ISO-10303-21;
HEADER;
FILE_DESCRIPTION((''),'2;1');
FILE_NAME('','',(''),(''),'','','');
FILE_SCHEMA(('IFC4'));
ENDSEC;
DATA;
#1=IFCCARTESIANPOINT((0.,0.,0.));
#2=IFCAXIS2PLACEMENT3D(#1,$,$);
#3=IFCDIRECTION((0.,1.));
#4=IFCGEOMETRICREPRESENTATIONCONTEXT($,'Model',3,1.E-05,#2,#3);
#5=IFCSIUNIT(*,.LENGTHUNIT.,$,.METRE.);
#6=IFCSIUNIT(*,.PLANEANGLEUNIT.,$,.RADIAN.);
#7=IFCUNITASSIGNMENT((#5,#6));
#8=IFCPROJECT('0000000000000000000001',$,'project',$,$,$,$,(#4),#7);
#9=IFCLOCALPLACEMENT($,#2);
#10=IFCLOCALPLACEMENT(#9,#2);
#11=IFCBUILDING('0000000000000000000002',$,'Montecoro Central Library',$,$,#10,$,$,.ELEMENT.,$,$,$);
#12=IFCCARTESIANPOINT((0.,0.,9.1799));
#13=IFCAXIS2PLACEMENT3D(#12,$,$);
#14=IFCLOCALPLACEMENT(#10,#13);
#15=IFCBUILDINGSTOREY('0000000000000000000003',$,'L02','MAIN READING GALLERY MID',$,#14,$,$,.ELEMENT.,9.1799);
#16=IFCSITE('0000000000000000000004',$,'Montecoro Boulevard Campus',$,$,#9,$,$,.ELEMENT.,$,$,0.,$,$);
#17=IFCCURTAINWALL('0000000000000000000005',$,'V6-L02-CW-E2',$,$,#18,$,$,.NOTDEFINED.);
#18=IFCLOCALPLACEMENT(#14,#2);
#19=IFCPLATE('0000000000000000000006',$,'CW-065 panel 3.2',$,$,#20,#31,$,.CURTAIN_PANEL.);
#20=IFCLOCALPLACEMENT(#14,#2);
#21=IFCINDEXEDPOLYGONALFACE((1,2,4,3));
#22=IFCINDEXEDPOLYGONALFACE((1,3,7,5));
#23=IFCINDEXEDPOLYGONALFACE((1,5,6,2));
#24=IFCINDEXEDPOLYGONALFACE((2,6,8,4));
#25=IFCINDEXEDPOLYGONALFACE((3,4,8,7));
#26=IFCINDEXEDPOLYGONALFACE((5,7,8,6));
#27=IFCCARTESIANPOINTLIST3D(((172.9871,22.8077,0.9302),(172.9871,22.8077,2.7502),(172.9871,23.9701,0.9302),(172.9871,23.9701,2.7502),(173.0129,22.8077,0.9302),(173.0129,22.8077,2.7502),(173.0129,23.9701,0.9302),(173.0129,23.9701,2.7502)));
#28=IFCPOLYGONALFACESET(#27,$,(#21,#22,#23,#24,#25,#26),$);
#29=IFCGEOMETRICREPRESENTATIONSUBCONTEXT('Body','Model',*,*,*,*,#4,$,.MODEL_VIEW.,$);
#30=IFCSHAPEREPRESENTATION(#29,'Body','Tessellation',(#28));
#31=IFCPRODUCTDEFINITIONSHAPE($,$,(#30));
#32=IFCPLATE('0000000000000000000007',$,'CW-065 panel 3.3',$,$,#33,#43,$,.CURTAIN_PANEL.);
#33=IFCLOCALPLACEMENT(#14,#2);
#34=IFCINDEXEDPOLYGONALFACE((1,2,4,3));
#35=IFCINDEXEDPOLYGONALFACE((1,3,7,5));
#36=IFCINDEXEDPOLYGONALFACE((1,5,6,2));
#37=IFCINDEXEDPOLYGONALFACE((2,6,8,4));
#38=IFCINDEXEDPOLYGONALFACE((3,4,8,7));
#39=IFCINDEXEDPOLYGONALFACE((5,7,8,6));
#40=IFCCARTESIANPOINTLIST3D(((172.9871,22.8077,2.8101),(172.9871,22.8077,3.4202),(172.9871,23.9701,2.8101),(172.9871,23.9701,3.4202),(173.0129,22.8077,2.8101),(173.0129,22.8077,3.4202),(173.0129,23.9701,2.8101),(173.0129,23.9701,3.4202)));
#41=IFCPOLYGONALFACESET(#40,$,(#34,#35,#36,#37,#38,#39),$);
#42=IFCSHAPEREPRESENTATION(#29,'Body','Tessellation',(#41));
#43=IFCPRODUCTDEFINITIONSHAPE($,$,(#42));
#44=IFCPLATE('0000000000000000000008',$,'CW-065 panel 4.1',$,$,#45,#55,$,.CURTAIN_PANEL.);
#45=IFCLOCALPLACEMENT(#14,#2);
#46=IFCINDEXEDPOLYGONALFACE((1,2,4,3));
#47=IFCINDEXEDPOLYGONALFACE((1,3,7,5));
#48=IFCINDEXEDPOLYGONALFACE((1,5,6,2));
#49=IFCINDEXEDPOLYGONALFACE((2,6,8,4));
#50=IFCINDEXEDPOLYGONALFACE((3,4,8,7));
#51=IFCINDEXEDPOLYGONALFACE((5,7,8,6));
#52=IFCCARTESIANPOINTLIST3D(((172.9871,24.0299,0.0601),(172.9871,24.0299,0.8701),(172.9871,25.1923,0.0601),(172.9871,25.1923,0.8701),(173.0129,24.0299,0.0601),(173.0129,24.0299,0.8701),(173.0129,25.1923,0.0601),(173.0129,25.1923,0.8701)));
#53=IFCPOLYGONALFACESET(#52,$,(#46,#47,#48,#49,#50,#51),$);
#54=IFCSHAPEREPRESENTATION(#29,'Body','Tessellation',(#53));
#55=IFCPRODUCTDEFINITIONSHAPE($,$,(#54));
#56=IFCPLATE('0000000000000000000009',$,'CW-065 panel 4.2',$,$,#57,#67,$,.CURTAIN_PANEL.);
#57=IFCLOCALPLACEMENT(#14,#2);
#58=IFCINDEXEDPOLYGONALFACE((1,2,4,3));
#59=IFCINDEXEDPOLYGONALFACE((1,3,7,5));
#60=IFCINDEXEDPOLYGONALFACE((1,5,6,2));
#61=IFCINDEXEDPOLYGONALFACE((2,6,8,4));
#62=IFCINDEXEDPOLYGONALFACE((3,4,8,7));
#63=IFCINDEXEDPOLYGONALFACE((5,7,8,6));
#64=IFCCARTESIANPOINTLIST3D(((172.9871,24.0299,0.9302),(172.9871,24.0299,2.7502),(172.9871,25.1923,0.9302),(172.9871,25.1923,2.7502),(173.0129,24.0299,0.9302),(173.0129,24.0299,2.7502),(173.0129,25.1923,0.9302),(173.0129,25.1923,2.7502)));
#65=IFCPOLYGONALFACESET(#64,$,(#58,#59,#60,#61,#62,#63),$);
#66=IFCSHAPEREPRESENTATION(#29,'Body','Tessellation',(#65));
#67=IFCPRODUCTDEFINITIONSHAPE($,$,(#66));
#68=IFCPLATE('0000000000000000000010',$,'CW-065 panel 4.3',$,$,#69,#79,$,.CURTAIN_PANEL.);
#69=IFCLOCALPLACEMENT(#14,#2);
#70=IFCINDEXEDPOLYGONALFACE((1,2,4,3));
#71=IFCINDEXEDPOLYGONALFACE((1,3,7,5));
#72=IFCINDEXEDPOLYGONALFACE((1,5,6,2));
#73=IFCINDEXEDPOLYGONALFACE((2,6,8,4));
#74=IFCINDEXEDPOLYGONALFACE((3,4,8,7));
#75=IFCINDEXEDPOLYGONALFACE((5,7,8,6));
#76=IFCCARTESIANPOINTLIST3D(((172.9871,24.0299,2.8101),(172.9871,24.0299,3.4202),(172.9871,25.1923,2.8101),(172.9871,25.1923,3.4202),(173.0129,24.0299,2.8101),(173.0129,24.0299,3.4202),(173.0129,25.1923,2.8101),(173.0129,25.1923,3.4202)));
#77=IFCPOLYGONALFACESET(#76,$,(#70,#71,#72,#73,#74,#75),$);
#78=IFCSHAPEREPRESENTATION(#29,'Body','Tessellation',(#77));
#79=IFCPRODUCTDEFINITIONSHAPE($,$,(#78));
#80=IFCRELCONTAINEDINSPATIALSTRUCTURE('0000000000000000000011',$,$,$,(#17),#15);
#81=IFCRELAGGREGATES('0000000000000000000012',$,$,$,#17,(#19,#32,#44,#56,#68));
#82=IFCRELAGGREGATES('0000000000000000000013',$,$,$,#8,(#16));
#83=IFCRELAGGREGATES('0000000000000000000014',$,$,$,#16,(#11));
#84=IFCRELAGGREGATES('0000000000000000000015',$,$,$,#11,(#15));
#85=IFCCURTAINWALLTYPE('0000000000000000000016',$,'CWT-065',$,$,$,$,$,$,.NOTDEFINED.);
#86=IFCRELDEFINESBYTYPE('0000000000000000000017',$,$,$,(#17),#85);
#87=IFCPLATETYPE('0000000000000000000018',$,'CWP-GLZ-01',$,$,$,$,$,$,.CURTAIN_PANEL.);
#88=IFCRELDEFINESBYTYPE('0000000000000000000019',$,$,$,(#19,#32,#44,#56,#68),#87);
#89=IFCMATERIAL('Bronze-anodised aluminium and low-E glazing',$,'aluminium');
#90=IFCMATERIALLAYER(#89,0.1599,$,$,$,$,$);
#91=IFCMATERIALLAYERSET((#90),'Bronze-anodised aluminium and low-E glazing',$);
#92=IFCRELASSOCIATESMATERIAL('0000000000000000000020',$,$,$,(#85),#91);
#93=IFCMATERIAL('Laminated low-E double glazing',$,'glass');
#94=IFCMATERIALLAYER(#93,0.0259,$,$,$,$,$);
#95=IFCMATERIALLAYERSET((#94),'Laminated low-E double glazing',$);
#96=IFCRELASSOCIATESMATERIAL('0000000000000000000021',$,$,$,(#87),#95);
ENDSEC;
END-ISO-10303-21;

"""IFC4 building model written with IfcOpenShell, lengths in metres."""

from ifc_helpers import new_model, si_unit, direction, frame, origin, origin_2d, place, context, subcontext, project, spatial, rectangle, extrude, material, layer, layer_set, type_object, element, aggregate, save


model = new_model("IFC4")

# Units and contexts
model_context = context("Model", 3, precision=1e-05, world=origin(), true_north=direction((0.0, 1.0)))
body_context = subcontext(model_context, "Body", "Model", "MODEL_VIEW")
ifc_project = project(units=[si_unit("LENGTHUNIT", "METRE"), si_unit("PLANEANGLEUNIT", "RADIAN")], contexts=[model_context])

# Site, building, storey
site_placement = place(None, origin())
site = spatial("IfcSite", under=ifc_project, at=site_placement, Name="Montecoro Boulevard Campus", CompositionType="ELEMENT", RefElevation=0.0)
building_placement = place(site_placement, origin())
building = spatial("IfcBuilding", under=site, at=building_placement, Name="Montecoro Central Library", CompositionType="ELEMENT")
storey_placement = place(building_placement, frame((0.0, 0.0, 9.1799)))
storey = spatial("IfcBuildingStorey", under=building, at=storey_placement, Name="L02", Description="MAIN READING GALLERY MID", CompositionType="ELEMENT", Elevation=9.1799)

# Curtain wall, plates
ifc_material_1 = material(Name="Bronze-anodised aluminium and low-E glazing", Category="aluminium")
ifc_layer_1 = layer(ifc_material_1, 0.1599)
ifc_layer_set_1 = layer_set([ifc_layer_1], Name="Bronze-anodised aluminium and low-E glazing")
curtain_wall_type = type_object("IfcCurtainWallType", Name="CWT-065", PredefinedType="NOTDEFINED", material=ifc_layer_set_1)
curtain_wall_placement = place(storey_placement, origin())
curtain_wall = element("IfcCurtainWall", 1, at=curtain_wall_placement, inside=storey, type_object=curtain_wall_type, Name="V6-L02-CW-E2", PredefinedType="NOTDEFINED")
ifc_material_2 = material(Name="Laminated low-E double glazing", Category="glass")
ifc_layer_2 = layer(ifc_material_2, 0.0259)
ifc_layer_set_2 = layer_set([ifc_layer_2], Name="Laminated low-E double glazing")
plate_type = type_object("IfcPlateType", Name="CWP-GLZ-01", PredefinedType="CURTAIN_PANEL", material=ifc_layer_set_2)
plate_1_placement = place(storey_placement, frame((173.0, 23.3889, 0.9302), z_axis=(0.0, 0.0, 1.0), x_axis=(0.0, 1.0, 0.0)))
plate_1 = element("IfcPlate", 2, at=plate_1_placement, type_object=plate_type, Name="CW-065 panel 3.2", PredefinedType="CURTAIN_PANEL", context=body_context, shape_type="SweptSolid", body=[
    extrude(rectangle(XDim=1.1624, YDim=0.0259, at=origin_2d()), origin(), (0.0, 0.0, 1.0), 1.8201),
])
plate_2_placement = place(storey_placement, frame((173.0, 23.3889, 2.8101), z_axis=(0.0, 0.0, 1.0), x_axis=(0.0, 1.0, 0.0)))
plate_2 = element("IfcPlate", 3, at=plate_2_placement, type_object=plate_type, Name="CW-065 panel 3.3", PredefinedType="CURTAIN_PANEL", context=body_context, shape_type="SweptSolid", body=[
    extrude(rectangle(XDim=1.1624, YDim=0.0259, at=origin_2d()), origin(), (0.0, 0.0, 1.0), 0.6101),
])
plate_3_placement = place(storey_placement, frame((173.0, 24.6111, 0.0601), z_axis=(0.0, 0.0, 1.0), x_axis=(0.0, 1.0, 0.0)))
plate_3 = element("IfcPlate", 4, at=plate_3_placement, type_object=plate_type, Name="CW-065 panel 4.1", PredefinedType="CURTAIN_PANEL", context=body_context, shape_type="SweptSolid", body=[
    extrude(rectangle(XDim=1.1624, YDim=0.0259, at=origin_2d()), origin(), (0.0, 0.0, 1.0), 0.8101),
])
plate_4_placement = place(storey_placement, frame((173.0, 24.6111, 0.9302), z_axis=(0.0, 0.0, 1.0), x_axis=(0.0, 1.0, 0.0)))
plate_4 = element("IfcPlate", 5, at=plate_4_placement, type_object=plate_type, Name="CW-065 panel 4.2", PredefinedType="CURTAIN_PANEL", context=body_context, shape_type="SweptSolid", body=[
    extrude(rectangle(XDim=1.1624, YDim=0.0259, at=origin_2d()), origin(), (0.0, 0.0, 1.0), 1.8201),
])
plate_5_placement = place(storey_placement, frame((173.0, 24.6111, 2.8101), z_axis=(0.0, 0.0, 1.0), x_axis=(0.0, 1.0, 0.0)))
plate_5 = element("IfcPlate", 6, at=plate_5_placement, type_object=plate_type, Name="CW-065 panel 4.3", PredefinedType="CURTAIN_PANEL", context=body_context, shape_type="SweptSolid", body=[
    extrude(rectangle(XDim=1.1624, YDim=0.0259, at=origin_2d()), origin(), (0.0, 0.0, 1.0), 0.6101),
])
aggregate(curtain_wall, [plate_1, plate_2, plate_3, plate_4, plate_5])

save(model, "model.ifc")
